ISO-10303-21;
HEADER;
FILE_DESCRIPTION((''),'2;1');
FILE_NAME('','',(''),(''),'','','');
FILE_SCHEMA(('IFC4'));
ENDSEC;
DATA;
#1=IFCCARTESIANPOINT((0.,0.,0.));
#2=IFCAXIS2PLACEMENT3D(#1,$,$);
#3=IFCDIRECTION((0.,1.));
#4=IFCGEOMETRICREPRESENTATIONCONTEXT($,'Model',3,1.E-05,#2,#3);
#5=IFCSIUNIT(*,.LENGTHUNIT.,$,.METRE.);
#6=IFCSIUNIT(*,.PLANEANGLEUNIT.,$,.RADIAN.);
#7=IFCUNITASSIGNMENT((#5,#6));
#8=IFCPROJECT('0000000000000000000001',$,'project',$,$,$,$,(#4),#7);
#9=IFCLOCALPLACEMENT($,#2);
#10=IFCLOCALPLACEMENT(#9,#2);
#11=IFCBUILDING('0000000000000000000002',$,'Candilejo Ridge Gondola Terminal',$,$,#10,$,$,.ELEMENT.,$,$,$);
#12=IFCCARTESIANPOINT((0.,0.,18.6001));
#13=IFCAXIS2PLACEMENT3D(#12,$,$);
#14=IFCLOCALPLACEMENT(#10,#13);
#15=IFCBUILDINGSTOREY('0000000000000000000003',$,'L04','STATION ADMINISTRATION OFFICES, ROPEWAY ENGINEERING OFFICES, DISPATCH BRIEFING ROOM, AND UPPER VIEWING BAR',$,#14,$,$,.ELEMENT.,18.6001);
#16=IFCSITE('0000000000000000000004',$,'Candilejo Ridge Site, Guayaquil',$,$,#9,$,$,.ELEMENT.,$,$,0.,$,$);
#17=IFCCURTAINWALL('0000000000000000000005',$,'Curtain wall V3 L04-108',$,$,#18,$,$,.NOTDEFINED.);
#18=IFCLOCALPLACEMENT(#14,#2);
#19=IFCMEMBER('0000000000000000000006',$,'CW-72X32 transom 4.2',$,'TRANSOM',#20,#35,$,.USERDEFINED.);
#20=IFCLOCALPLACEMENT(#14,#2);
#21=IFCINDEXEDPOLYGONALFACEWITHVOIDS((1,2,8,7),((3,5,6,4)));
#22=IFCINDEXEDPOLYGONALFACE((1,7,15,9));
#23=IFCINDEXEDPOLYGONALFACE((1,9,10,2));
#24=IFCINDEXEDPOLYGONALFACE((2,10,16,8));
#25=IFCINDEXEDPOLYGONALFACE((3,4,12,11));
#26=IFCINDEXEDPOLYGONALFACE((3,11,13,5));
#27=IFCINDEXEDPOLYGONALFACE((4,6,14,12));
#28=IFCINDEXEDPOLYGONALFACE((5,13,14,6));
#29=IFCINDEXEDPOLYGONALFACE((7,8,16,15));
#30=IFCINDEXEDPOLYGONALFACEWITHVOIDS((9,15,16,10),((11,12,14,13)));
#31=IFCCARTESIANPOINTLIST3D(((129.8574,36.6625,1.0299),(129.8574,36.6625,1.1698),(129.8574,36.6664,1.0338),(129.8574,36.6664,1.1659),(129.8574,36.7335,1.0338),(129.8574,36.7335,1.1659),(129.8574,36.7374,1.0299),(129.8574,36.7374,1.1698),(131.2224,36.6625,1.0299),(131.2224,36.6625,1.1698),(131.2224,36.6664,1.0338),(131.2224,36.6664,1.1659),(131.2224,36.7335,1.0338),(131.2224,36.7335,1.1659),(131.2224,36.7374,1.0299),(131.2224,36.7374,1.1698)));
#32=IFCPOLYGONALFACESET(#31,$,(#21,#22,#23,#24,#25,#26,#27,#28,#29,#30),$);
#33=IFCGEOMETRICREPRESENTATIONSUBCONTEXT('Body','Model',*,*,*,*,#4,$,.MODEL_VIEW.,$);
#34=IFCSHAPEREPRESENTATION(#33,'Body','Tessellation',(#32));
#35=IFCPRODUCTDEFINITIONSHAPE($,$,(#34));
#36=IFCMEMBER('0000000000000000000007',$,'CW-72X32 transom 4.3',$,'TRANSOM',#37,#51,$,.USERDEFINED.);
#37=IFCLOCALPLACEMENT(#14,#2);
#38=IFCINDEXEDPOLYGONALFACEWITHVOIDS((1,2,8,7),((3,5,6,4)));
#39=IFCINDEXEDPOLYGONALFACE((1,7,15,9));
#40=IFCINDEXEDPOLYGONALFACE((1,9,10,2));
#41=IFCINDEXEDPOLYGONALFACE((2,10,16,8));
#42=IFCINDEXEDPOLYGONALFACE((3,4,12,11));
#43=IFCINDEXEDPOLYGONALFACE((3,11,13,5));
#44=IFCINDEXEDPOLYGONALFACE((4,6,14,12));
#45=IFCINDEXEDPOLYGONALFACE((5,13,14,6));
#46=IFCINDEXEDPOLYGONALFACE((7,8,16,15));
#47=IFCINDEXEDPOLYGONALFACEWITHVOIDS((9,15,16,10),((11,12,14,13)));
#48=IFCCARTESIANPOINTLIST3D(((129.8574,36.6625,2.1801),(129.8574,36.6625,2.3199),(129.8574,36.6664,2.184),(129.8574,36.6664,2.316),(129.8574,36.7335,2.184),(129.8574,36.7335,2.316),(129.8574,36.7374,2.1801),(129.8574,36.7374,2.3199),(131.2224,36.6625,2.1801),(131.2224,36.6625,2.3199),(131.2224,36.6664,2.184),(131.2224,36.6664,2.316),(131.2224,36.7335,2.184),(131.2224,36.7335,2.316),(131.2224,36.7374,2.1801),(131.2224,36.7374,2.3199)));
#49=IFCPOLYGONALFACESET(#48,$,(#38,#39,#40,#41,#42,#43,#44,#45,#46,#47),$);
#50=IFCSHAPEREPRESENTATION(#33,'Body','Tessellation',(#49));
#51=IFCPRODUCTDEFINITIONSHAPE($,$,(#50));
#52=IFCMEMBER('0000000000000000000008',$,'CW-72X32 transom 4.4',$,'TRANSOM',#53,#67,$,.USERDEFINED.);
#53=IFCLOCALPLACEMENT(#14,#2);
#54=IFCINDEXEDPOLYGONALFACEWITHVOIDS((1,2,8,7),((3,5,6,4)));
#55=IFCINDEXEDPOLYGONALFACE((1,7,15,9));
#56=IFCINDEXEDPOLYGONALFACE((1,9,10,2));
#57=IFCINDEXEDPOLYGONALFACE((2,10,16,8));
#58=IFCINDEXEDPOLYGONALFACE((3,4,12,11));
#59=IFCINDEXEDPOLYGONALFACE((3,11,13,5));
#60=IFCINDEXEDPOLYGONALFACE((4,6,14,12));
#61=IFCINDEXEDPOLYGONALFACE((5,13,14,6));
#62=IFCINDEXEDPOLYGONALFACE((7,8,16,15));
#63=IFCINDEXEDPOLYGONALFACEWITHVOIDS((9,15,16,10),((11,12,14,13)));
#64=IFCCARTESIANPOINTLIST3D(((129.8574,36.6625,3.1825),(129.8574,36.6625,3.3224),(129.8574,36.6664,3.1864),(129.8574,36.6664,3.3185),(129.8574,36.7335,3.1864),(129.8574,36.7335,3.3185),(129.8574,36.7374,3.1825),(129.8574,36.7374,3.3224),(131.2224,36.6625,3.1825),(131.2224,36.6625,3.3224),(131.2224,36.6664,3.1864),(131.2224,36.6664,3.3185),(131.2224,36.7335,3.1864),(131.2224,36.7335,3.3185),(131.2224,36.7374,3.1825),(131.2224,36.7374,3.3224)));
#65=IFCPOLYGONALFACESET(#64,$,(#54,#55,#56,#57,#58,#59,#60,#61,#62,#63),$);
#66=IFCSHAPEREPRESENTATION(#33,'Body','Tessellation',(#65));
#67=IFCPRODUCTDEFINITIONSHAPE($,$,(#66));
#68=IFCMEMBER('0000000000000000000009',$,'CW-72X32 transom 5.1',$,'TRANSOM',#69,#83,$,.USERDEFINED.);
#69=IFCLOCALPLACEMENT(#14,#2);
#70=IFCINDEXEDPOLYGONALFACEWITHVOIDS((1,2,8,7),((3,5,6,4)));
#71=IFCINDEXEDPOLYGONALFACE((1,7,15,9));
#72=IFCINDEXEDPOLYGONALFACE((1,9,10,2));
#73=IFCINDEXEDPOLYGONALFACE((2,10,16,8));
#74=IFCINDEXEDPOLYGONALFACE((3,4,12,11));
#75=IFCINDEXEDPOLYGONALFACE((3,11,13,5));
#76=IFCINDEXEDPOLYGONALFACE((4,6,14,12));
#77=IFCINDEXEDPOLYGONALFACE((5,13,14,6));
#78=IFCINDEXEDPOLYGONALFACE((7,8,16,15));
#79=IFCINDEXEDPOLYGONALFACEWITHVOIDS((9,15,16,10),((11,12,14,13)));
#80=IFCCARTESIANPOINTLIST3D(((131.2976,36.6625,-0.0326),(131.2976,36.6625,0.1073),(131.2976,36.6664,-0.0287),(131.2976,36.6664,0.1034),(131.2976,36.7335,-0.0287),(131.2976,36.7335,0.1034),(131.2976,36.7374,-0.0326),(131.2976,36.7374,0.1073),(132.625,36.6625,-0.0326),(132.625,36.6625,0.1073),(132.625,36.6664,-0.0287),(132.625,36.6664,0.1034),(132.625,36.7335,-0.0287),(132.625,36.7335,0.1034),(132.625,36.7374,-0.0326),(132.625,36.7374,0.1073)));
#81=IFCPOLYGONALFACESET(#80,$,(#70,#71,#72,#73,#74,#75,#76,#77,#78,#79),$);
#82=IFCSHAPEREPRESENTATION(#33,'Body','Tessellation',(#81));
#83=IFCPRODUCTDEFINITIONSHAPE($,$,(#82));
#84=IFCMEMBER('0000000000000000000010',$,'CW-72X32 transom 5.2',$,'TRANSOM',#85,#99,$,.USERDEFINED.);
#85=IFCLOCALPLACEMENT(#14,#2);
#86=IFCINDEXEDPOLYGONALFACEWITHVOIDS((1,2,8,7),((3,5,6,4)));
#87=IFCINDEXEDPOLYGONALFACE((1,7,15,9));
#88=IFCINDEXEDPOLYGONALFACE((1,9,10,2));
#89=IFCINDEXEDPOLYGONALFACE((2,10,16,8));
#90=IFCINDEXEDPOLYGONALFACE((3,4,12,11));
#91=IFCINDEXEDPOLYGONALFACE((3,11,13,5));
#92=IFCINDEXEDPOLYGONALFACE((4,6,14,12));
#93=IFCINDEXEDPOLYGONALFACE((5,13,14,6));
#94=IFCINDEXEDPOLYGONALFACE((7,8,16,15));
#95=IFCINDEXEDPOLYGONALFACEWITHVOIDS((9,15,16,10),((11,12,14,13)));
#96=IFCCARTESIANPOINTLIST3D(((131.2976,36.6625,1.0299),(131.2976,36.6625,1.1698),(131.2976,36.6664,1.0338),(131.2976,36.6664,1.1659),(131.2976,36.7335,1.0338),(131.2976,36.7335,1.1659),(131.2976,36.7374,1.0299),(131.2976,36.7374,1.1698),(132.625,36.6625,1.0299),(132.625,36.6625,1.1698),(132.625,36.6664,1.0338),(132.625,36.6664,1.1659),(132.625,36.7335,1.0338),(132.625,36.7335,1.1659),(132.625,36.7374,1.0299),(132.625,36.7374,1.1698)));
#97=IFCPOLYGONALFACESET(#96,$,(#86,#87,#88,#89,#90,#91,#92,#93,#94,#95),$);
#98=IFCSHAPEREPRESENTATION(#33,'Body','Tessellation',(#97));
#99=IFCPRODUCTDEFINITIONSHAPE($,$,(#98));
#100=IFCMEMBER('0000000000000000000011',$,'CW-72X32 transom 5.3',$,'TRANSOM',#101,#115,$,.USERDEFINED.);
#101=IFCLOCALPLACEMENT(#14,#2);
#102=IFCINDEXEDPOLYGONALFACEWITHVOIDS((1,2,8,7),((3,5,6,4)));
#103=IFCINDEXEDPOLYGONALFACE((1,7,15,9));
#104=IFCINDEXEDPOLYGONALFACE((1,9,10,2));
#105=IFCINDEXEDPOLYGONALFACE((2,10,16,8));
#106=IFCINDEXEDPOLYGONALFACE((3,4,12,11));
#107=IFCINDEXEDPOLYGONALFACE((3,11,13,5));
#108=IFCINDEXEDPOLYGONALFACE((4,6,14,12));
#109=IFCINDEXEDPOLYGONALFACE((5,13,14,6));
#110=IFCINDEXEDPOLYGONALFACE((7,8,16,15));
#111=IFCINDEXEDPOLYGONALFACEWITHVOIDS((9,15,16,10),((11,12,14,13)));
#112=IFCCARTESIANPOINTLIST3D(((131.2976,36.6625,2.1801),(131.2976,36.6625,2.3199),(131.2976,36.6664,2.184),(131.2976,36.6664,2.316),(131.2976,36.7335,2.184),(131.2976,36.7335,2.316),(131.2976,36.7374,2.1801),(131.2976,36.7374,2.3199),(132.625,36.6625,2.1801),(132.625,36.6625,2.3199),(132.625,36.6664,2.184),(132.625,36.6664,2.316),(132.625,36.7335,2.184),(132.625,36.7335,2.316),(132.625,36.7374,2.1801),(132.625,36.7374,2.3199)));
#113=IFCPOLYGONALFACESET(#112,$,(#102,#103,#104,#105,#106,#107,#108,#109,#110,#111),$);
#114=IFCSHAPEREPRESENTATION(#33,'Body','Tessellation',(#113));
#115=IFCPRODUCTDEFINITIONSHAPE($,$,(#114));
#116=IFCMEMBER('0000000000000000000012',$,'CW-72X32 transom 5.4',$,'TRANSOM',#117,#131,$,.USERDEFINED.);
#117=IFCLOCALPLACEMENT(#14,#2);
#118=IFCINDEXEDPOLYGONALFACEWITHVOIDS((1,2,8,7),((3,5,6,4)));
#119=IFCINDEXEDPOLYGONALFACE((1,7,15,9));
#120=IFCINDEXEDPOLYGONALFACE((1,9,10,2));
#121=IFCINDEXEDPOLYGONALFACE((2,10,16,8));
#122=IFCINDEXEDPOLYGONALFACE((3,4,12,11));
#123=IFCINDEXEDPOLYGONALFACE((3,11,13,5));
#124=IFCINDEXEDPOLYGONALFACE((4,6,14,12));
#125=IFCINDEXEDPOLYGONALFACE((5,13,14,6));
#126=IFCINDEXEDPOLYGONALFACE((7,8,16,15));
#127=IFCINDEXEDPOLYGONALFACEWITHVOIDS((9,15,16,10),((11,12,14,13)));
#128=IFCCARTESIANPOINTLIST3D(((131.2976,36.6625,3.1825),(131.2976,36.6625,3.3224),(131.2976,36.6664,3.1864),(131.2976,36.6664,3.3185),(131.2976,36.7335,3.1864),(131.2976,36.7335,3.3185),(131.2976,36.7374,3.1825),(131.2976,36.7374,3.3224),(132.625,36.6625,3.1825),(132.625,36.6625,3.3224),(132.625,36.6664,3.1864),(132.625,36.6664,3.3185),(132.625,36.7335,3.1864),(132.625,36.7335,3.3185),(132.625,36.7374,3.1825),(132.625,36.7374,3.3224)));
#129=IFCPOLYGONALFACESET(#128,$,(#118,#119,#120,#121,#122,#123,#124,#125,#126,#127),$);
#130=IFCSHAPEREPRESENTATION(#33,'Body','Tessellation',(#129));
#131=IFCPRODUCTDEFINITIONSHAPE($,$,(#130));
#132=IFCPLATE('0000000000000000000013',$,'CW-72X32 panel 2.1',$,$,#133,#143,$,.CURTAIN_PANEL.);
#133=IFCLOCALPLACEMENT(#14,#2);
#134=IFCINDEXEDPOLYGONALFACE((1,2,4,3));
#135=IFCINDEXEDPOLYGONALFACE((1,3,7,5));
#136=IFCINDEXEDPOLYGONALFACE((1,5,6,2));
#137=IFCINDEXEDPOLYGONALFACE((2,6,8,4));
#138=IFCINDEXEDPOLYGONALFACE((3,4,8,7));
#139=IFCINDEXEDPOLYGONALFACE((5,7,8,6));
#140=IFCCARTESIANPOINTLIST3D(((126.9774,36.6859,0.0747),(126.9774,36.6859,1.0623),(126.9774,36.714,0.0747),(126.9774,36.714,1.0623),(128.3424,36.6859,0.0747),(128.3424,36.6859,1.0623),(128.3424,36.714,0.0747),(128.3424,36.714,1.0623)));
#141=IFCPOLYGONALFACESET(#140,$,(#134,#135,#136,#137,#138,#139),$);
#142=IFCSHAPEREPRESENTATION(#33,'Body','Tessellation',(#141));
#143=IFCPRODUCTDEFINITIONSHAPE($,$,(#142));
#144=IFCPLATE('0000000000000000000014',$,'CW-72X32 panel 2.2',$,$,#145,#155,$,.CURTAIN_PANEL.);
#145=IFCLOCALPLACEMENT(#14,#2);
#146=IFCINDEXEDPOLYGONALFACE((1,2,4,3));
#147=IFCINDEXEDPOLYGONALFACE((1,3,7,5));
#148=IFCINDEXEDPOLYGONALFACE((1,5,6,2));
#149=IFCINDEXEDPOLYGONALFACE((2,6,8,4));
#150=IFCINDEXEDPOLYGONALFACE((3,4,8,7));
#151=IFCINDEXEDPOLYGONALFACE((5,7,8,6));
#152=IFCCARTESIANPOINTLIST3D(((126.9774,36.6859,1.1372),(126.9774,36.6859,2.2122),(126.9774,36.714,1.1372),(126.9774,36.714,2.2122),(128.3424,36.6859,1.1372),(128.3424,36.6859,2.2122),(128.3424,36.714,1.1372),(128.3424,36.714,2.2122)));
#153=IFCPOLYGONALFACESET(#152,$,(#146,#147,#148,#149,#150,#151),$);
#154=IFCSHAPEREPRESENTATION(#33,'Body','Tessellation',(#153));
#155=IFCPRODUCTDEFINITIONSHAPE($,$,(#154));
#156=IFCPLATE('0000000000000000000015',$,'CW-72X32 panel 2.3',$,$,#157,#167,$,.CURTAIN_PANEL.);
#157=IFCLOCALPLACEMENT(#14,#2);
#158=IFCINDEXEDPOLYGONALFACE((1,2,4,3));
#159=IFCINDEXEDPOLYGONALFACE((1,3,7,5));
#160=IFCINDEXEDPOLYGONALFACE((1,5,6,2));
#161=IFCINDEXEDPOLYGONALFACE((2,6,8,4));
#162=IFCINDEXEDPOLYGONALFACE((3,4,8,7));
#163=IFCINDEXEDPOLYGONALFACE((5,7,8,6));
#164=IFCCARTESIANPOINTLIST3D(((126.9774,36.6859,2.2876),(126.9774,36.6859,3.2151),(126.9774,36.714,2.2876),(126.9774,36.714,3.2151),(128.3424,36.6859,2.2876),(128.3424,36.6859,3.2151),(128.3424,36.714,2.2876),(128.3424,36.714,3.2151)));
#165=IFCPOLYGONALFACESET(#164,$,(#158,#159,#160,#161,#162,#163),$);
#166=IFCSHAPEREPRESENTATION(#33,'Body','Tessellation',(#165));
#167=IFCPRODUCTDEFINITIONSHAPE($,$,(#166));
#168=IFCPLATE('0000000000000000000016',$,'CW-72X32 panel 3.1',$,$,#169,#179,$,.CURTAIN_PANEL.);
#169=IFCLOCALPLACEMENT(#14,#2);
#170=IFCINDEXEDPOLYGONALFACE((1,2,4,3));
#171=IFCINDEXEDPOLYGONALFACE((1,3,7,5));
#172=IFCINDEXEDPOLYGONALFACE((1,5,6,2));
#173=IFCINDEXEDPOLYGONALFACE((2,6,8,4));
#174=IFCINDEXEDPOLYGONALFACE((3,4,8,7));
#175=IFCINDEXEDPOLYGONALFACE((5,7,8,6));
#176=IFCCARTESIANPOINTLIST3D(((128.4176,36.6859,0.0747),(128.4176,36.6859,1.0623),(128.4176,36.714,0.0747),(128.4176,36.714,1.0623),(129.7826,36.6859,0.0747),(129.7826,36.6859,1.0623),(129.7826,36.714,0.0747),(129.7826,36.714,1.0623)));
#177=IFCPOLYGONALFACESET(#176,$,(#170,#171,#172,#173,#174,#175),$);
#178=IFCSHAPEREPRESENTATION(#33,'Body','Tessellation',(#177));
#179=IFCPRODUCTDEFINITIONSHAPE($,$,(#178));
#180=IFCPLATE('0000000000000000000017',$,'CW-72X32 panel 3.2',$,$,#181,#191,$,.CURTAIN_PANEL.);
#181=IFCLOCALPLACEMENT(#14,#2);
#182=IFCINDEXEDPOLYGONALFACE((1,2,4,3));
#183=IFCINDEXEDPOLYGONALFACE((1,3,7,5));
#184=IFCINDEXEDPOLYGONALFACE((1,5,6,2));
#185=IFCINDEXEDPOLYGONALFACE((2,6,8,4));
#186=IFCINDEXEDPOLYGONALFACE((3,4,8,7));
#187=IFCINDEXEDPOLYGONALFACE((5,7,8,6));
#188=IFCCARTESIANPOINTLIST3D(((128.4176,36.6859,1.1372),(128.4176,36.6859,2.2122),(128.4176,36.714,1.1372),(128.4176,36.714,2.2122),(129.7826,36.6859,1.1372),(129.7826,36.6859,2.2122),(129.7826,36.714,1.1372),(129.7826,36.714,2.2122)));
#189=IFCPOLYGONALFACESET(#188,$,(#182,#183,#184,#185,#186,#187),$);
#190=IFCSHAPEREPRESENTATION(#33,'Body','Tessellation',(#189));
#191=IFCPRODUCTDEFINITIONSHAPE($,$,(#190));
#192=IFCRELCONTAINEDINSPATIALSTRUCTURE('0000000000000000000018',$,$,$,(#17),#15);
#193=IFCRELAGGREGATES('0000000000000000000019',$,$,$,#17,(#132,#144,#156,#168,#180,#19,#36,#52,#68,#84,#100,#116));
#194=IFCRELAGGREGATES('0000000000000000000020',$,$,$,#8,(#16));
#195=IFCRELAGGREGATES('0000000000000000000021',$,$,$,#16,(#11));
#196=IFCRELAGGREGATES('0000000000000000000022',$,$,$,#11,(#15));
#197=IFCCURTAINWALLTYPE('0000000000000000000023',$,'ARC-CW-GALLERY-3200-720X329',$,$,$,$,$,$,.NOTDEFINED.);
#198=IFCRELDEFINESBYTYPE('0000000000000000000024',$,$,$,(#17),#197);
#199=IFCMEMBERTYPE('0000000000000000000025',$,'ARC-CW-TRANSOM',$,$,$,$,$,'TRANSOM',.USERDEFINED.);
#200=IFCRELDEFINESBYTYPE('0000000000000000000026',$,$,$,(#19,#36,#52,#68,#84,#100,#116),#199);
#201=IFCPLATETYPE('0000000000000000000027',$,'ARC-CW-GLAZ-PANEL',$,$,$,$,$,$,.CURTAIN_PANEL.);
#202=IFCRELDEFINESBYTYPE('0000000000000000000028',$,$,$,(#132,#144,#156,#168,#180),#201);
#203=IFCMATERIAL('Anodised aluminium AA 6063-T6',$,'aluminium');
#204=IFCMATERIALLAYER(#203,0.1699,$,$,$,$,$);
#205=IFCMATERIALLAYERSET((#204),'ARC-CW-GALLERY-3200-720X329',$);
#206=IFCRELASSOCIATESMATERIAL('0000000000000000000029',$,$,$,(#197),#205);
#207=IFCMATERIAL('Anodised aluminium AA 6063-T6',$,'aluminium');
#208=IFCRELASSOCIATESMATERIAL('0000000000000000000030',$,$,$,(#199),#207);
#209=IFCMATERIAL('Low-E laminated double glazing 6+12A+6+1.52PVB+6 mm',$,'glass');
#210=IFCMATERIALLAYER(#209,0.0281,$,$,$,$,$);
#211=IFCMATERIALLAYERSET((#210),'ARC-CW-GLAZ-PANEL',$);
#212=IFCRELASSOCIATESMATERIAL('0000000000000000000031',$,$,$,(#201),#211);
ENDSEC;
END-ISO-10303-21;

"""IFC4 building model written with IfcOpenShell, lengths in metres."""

from ifc_helpers import new_model, si_unit, direction, frame, origin, origin_2d, place, context, subcontext, project, spatial, rectangle, hollow_rectangle, extrude, material, layer, layer_set, material_profile, profile_set, type_object, element, aggregate, save


model = new_model("IFC4")

# Units and contexts
model_context = context("Model", 3, precision=1e-05, world=origin(), true_north=direction((0.0, 1.0)))
body_context = subcontext(model_context, "Body", "Model", "MODEL_VIEW")
ifc_project = project(units=[si_unit("LENGTHUNIT", "METRE"), si_unit("PLANEANGLEUNIT", "RADIAN")], contexts=[model_context])

# Site, building, storey
site_placement = place(None, origin())
site = spatial("IfcSite", under=ifc_project, at=site_placement, Name="Candilejo Ridge Site, Guayaquil", CompositionType="ELEMENT", RefElevation=0.0)
building_placement = place(site_placement, origin())
building = spatial("IfcBuilding", under=site, at=building_placement, Name="Candilejo Ridge Gondola Terminal", CompositionType="ELEMENT")
storey_placement = place(building_placement, frame((0.0, 0.0, 18.6001)))
storey = spatial("IfcBuildingStorey", under=building, at=storey_placement, Name="L04", Description="STATION ADMINISTRATION OFFICES, ROPEWAY ENGINEERING OFFICES, DISPATCH BRIEFING ROOM, AND UPPER VIEWING BAR", CompositionType="ELEMENT", Elevation=18.6001)

# Curtain wall, members, plates
ifc_material_1 = material(Name="Anodised aluminium AA 6063-T6", Category="aluminium")
ifc_layer_1 = layer(ifc_material_1, 0.1699)
ifc_layer_set_1 = layer_set([ifc_layer_1], Name="ARC-CW-GALLERY-3200-720X329")
curtain_wall_type = type_object("IfcCurtainWallType", Name="ARC-CW-GALLERY-3200-720X329", PredefinedType="NOTDEFINED", material=ifc_layer_set_1)
curtain_wall_placement = place(storey_placement, origin())
curtain_wall = element("IfcCurtainWall", 1, at=curtain_wall_placement, inside=storey, type_object=curtain_wall_type, Name="Curtain wall V3 L04-108", PredefinedType="NOTDEFINED")
ifc_material_2 = material(Name="Anodised aluminium AA 6063-T6", Category="aluminium")
ifc_material_profile_1 = material_profile(ifc_material_2, hollow_rectangle(XDim=0.075, YDim=0.1399, WallThickness=0.0039, at=origin_2d()))
ifc_profile_set_1 = profile_set([ifc_material_profile_1], Name="Anodised aluminium AA 6063-T6")
member_type_1 = type_object("IfcMemberType", Name="ARC-CW-TRANSOM", ElementType="TRANSOM", PredefinedType="USERDEFINED", material=ifc_profile_set_1)
member_1_placement = place(storey_placement, frame((129.8574, 36.7, 1.0999), z_axis=(1.0, 0.0, 0.0), x_axis=(0.0, 1.0, 0.0)))
member_1 = element("IfcMember", 2, at=member_1_placement, type_object=member_type_1, Name="CW-72X32 transom 4.2", ObjectType="TRANSOM", PredefinedType="USERDEFINED", context=body_context, shape_type="SweptSolid", body=[
    extrude(hollow_rectangle(XDim=0.075, YDim=0.1399, WallThickness=0.0039, at=origin_2d()), origin(), (0.0, 0.0, 1.0), 1.365),
])
member_2_placement = place(storey_placement, frame((129.8574, 36.7, 2.25), z_axis=(1.0, 0.0, 0.0), x_axis=(0.0, 1.0, 0.0)))
member_2 = element("IfcMember", 3, at=member_2_placement, type_object=member_type_1, Name="CW-72X32 transom 4.3", ObjectType="TRANSOM", PredefinedType="USERDEFINED", context=body_context, shape_type="SweptSolid", body=[
    extrude(hollow_rectangle(XDim=0.075, YDim=0.1399, WallThickness=0.0039, at=origin_2d()), origin(), (0.0, 0.0, 1.0), 1.365),
])
member_3_placement = place(storey_placement, frame((129.8574, 36.7, 3.2524), z_axis=(1.0, 0.0, 0.0), x_axis=(0.0, 1.0, 0.0)))
member_3 = element("IfcMember", 4, at=member_3_placement, type_object=member_type_1, Name="CW-72X32 transom 4.4", ObjectType="TRANSOM", PredefinedType="USERDEFINED", context=body_context, shape_type="SweptSolid", body=[
    extrude(hollow_rectangle(XDim=0.075, YDim=0.1399, WallThickness=0.0039, at=origin_2d()), origin(), (0.0, 0.0, 1.0), 1.365),
])
member_4_placement = place(storey_placement, frame((131.2976, 36.7, 0.0374), z_axis=(1.0, 0.0, 0.0), x_axis=(0.0, 1.0, 0.0)))
member_4 = element("IfcMember", 5, at=member_4_placement, type_object=member_type_1, Name="CW-72X32 transom 5.1", ObjectType="TRANSOM", PredefinedType="USERDEFINED", context=body_context, shape_type="SweptSolid", body=[
    extrude(hollow_rectangle(XDim=0.075, YDim=0.1399, WallThickness=0.0039, at=origin_2d()), origin(), (0.0, 0.0, 1.0), 1.3274),
])
member_5_placement = place(storey_placement, frame((131.2976, 36.7, 1.0999), z_axis=(1.0, 0.0, 0.0), x_axis=(0.0, 1.0, 0.0)))
member_5 = element("IfcMember", 6, at=member_5_placement, type_object=member_type_1, Name="CW-72X32 transom 5.2", ObjectType="TRANSOM", PredefinedType="USERDEFINED", context=body_context, shape_type="SweptSolid", body=[
    extrude(hollow_rectangle(XDim=0.075, YDim=0.1399, WallThickness=0.0039, at=origin_2d()), origin(), (0.0, 0.0, 1.0), 1.3274),
])
member_6_placement = place(storey_placement, frame((131.2976, 36.7, 2.25), z_axis=(1.0, 0.0, 0.0), x_axis=(0.0, 1.0, 0.0)))
member_6 = element("IfcMember", 7, at=member_6_placement, type_object=member_type_1, Name="CW-72X32 transom 5.3", ObjectType="TRANSOM", PredefinedType="USERDEFINED", context=body_context, shape_type="SweptSolid", body=[
    extrude(hollow_rectangle(XDim=0.075, YDim=0.1399, WallThickness=0.0039, at=origin_2d()), origin(), (0.0, 0.0, 1.0), 1.3274),
])
member_7_placement = place(storey_placement, frame((131.2976, 36.7, 3.2524), z_axis=(1.0, 0.0, 0.0), x_axis=(0.0, 1.0, 0.0)))
member_7 = element("IfcMember", 8, at=member_7_placement, type_object=member_type_1, Name="CW-72X32 transom 5.4", ObjectType="TRANSOM", PredefinedType="USERDEFINED", context=body_context, shape_type="SweptSolid", body=[
    extrude(hollow_rectangle(XDim=0.075, YDim=0.1399, WallThickness=0.0039, at=origin_2d()), origin(), (0.0, 0.0, 1.0), 1.3274),
])
ifc_material_3 = material(Name="Low-E laminated double glazing 6+12A+6+1.52PVB+6 mm", Category="glass")
ifc_layer_2 = layer(ifc_material_3, 0.0281)
ifc_layer_set_2 = layer_set([ifc_layer_2], Name="ARC-CW-GLAZ-PANEL")
plate_type = type_object("IfcPlateType", Name="ARC-CW-GLAZ-PANEL", PredefinedType="CURTAIN_PANEL", material=ifc_layer_set_2)
plate_1_placement = place(storey_placement, frame((127.6599, 36.7, 0.0747), z_axis=(0.0, 0.0, 1.0), x_axis=(1.0, 0.0, 0.0)))
plate_1 = element("IfcPlate", 9, at=plate_1_placement, type_object=plate_type, Name="CW-72X32 panel 2.1", PredefinedType="CURTAIN_PANEL", context=body_context, shape_type="SweptSolid", body=[
    extrude(rectangle(XDim=1.365, YDim=0.0281, at=origin_2d()), origin(), (0.0, 0.0, 1.0), 0.9875),
])
plate_2_placement = place(storey_placement, frame((127.6599, 36.7, 1.1372), z_axis=(0.0, 0.0, 1.0), x_axis=(1.0, 0.0, 0.0)))
plate_2 = element("IfcPlate", 10, at=plate_2_placement, type_object=plate_type, Name="CW-72X32 panel 2.2", PredefinedType="CURTAIN_PANEL", context=body_context, shape_type="SweptSolid", body=[
    extrude(rectangle(XDim=1.365, YDim=0.0281, at=origin_2d()), origin(), (0.0, 0.0, 1.0), 1.075),
])
plate_3_placement = place(storey_placement, frame((127.6599, 36.7, 2.2876), z_axis=(0.0, 0.0, 1.0), x_axis=(1.0, 0.0, 0.0)))
plate_3 = element("IfcPlate", 11, at=plate_3_placement, type_object=plate_type, Name="CW-72X32 panel 2.3", PredefinedType="CURTAIN_PANEL", context=body_context, shape_type="SweptSolid", body=[
    extrude(rectangle(XDim=1.365, YDim=0.0281, at=origin_2d()), origin(), (0.0, 0.0, 1.0), 0.9275),
])
plate_4_placement = place(storey_placement, frame((129.1001, 36.7, 0.0747), z_axis=(0.0, 0.0, 1.0), x_axis=(1.0, 0.0, 0.0)))
plate_4 = element("IfcPlate", 12, at=plate_4_placement, type_object=plate_type, Name="CW-72X32 panel 3.1", PredefinedType="CURTAIN_PANEL", context=body_context, shape_type="SweptSolid", body=[
    extrude(rectangle(XDim=1.365, YDim=0.0281, at=origin_2d()), origin(), (0.0, 0.0, 1.0), 0.9875),
])
plate_5_placement = place(storey_placement, frame((129.1001, 36.7, 1.1372), z_axis=(0.0, 0.0, 1.0), x_axis=(1.0, 0.0, 0.0)))
plate_5 = element("IfcPlate", 13, at=plate_5_placement, type_object=plate_type, Name="CW-72X32 panel 3.2", PredefinedType="CURTAIN_PANEL", context=body_context, shape_type="SweptSolid", body=[
    extrude(rectangle(XDim=1.365, YDim=0.0281, at=origin_2d()), origin(), (0.0, 0.0, 1.0), 1.075),
])
aggregate(curtain_wall, [plate_1, plate_2, plate_3, plate_4, plate_5, member_1, member_2, member_3, member_4, member_5, member_6, member_7])

save(model, "model.ifc")
